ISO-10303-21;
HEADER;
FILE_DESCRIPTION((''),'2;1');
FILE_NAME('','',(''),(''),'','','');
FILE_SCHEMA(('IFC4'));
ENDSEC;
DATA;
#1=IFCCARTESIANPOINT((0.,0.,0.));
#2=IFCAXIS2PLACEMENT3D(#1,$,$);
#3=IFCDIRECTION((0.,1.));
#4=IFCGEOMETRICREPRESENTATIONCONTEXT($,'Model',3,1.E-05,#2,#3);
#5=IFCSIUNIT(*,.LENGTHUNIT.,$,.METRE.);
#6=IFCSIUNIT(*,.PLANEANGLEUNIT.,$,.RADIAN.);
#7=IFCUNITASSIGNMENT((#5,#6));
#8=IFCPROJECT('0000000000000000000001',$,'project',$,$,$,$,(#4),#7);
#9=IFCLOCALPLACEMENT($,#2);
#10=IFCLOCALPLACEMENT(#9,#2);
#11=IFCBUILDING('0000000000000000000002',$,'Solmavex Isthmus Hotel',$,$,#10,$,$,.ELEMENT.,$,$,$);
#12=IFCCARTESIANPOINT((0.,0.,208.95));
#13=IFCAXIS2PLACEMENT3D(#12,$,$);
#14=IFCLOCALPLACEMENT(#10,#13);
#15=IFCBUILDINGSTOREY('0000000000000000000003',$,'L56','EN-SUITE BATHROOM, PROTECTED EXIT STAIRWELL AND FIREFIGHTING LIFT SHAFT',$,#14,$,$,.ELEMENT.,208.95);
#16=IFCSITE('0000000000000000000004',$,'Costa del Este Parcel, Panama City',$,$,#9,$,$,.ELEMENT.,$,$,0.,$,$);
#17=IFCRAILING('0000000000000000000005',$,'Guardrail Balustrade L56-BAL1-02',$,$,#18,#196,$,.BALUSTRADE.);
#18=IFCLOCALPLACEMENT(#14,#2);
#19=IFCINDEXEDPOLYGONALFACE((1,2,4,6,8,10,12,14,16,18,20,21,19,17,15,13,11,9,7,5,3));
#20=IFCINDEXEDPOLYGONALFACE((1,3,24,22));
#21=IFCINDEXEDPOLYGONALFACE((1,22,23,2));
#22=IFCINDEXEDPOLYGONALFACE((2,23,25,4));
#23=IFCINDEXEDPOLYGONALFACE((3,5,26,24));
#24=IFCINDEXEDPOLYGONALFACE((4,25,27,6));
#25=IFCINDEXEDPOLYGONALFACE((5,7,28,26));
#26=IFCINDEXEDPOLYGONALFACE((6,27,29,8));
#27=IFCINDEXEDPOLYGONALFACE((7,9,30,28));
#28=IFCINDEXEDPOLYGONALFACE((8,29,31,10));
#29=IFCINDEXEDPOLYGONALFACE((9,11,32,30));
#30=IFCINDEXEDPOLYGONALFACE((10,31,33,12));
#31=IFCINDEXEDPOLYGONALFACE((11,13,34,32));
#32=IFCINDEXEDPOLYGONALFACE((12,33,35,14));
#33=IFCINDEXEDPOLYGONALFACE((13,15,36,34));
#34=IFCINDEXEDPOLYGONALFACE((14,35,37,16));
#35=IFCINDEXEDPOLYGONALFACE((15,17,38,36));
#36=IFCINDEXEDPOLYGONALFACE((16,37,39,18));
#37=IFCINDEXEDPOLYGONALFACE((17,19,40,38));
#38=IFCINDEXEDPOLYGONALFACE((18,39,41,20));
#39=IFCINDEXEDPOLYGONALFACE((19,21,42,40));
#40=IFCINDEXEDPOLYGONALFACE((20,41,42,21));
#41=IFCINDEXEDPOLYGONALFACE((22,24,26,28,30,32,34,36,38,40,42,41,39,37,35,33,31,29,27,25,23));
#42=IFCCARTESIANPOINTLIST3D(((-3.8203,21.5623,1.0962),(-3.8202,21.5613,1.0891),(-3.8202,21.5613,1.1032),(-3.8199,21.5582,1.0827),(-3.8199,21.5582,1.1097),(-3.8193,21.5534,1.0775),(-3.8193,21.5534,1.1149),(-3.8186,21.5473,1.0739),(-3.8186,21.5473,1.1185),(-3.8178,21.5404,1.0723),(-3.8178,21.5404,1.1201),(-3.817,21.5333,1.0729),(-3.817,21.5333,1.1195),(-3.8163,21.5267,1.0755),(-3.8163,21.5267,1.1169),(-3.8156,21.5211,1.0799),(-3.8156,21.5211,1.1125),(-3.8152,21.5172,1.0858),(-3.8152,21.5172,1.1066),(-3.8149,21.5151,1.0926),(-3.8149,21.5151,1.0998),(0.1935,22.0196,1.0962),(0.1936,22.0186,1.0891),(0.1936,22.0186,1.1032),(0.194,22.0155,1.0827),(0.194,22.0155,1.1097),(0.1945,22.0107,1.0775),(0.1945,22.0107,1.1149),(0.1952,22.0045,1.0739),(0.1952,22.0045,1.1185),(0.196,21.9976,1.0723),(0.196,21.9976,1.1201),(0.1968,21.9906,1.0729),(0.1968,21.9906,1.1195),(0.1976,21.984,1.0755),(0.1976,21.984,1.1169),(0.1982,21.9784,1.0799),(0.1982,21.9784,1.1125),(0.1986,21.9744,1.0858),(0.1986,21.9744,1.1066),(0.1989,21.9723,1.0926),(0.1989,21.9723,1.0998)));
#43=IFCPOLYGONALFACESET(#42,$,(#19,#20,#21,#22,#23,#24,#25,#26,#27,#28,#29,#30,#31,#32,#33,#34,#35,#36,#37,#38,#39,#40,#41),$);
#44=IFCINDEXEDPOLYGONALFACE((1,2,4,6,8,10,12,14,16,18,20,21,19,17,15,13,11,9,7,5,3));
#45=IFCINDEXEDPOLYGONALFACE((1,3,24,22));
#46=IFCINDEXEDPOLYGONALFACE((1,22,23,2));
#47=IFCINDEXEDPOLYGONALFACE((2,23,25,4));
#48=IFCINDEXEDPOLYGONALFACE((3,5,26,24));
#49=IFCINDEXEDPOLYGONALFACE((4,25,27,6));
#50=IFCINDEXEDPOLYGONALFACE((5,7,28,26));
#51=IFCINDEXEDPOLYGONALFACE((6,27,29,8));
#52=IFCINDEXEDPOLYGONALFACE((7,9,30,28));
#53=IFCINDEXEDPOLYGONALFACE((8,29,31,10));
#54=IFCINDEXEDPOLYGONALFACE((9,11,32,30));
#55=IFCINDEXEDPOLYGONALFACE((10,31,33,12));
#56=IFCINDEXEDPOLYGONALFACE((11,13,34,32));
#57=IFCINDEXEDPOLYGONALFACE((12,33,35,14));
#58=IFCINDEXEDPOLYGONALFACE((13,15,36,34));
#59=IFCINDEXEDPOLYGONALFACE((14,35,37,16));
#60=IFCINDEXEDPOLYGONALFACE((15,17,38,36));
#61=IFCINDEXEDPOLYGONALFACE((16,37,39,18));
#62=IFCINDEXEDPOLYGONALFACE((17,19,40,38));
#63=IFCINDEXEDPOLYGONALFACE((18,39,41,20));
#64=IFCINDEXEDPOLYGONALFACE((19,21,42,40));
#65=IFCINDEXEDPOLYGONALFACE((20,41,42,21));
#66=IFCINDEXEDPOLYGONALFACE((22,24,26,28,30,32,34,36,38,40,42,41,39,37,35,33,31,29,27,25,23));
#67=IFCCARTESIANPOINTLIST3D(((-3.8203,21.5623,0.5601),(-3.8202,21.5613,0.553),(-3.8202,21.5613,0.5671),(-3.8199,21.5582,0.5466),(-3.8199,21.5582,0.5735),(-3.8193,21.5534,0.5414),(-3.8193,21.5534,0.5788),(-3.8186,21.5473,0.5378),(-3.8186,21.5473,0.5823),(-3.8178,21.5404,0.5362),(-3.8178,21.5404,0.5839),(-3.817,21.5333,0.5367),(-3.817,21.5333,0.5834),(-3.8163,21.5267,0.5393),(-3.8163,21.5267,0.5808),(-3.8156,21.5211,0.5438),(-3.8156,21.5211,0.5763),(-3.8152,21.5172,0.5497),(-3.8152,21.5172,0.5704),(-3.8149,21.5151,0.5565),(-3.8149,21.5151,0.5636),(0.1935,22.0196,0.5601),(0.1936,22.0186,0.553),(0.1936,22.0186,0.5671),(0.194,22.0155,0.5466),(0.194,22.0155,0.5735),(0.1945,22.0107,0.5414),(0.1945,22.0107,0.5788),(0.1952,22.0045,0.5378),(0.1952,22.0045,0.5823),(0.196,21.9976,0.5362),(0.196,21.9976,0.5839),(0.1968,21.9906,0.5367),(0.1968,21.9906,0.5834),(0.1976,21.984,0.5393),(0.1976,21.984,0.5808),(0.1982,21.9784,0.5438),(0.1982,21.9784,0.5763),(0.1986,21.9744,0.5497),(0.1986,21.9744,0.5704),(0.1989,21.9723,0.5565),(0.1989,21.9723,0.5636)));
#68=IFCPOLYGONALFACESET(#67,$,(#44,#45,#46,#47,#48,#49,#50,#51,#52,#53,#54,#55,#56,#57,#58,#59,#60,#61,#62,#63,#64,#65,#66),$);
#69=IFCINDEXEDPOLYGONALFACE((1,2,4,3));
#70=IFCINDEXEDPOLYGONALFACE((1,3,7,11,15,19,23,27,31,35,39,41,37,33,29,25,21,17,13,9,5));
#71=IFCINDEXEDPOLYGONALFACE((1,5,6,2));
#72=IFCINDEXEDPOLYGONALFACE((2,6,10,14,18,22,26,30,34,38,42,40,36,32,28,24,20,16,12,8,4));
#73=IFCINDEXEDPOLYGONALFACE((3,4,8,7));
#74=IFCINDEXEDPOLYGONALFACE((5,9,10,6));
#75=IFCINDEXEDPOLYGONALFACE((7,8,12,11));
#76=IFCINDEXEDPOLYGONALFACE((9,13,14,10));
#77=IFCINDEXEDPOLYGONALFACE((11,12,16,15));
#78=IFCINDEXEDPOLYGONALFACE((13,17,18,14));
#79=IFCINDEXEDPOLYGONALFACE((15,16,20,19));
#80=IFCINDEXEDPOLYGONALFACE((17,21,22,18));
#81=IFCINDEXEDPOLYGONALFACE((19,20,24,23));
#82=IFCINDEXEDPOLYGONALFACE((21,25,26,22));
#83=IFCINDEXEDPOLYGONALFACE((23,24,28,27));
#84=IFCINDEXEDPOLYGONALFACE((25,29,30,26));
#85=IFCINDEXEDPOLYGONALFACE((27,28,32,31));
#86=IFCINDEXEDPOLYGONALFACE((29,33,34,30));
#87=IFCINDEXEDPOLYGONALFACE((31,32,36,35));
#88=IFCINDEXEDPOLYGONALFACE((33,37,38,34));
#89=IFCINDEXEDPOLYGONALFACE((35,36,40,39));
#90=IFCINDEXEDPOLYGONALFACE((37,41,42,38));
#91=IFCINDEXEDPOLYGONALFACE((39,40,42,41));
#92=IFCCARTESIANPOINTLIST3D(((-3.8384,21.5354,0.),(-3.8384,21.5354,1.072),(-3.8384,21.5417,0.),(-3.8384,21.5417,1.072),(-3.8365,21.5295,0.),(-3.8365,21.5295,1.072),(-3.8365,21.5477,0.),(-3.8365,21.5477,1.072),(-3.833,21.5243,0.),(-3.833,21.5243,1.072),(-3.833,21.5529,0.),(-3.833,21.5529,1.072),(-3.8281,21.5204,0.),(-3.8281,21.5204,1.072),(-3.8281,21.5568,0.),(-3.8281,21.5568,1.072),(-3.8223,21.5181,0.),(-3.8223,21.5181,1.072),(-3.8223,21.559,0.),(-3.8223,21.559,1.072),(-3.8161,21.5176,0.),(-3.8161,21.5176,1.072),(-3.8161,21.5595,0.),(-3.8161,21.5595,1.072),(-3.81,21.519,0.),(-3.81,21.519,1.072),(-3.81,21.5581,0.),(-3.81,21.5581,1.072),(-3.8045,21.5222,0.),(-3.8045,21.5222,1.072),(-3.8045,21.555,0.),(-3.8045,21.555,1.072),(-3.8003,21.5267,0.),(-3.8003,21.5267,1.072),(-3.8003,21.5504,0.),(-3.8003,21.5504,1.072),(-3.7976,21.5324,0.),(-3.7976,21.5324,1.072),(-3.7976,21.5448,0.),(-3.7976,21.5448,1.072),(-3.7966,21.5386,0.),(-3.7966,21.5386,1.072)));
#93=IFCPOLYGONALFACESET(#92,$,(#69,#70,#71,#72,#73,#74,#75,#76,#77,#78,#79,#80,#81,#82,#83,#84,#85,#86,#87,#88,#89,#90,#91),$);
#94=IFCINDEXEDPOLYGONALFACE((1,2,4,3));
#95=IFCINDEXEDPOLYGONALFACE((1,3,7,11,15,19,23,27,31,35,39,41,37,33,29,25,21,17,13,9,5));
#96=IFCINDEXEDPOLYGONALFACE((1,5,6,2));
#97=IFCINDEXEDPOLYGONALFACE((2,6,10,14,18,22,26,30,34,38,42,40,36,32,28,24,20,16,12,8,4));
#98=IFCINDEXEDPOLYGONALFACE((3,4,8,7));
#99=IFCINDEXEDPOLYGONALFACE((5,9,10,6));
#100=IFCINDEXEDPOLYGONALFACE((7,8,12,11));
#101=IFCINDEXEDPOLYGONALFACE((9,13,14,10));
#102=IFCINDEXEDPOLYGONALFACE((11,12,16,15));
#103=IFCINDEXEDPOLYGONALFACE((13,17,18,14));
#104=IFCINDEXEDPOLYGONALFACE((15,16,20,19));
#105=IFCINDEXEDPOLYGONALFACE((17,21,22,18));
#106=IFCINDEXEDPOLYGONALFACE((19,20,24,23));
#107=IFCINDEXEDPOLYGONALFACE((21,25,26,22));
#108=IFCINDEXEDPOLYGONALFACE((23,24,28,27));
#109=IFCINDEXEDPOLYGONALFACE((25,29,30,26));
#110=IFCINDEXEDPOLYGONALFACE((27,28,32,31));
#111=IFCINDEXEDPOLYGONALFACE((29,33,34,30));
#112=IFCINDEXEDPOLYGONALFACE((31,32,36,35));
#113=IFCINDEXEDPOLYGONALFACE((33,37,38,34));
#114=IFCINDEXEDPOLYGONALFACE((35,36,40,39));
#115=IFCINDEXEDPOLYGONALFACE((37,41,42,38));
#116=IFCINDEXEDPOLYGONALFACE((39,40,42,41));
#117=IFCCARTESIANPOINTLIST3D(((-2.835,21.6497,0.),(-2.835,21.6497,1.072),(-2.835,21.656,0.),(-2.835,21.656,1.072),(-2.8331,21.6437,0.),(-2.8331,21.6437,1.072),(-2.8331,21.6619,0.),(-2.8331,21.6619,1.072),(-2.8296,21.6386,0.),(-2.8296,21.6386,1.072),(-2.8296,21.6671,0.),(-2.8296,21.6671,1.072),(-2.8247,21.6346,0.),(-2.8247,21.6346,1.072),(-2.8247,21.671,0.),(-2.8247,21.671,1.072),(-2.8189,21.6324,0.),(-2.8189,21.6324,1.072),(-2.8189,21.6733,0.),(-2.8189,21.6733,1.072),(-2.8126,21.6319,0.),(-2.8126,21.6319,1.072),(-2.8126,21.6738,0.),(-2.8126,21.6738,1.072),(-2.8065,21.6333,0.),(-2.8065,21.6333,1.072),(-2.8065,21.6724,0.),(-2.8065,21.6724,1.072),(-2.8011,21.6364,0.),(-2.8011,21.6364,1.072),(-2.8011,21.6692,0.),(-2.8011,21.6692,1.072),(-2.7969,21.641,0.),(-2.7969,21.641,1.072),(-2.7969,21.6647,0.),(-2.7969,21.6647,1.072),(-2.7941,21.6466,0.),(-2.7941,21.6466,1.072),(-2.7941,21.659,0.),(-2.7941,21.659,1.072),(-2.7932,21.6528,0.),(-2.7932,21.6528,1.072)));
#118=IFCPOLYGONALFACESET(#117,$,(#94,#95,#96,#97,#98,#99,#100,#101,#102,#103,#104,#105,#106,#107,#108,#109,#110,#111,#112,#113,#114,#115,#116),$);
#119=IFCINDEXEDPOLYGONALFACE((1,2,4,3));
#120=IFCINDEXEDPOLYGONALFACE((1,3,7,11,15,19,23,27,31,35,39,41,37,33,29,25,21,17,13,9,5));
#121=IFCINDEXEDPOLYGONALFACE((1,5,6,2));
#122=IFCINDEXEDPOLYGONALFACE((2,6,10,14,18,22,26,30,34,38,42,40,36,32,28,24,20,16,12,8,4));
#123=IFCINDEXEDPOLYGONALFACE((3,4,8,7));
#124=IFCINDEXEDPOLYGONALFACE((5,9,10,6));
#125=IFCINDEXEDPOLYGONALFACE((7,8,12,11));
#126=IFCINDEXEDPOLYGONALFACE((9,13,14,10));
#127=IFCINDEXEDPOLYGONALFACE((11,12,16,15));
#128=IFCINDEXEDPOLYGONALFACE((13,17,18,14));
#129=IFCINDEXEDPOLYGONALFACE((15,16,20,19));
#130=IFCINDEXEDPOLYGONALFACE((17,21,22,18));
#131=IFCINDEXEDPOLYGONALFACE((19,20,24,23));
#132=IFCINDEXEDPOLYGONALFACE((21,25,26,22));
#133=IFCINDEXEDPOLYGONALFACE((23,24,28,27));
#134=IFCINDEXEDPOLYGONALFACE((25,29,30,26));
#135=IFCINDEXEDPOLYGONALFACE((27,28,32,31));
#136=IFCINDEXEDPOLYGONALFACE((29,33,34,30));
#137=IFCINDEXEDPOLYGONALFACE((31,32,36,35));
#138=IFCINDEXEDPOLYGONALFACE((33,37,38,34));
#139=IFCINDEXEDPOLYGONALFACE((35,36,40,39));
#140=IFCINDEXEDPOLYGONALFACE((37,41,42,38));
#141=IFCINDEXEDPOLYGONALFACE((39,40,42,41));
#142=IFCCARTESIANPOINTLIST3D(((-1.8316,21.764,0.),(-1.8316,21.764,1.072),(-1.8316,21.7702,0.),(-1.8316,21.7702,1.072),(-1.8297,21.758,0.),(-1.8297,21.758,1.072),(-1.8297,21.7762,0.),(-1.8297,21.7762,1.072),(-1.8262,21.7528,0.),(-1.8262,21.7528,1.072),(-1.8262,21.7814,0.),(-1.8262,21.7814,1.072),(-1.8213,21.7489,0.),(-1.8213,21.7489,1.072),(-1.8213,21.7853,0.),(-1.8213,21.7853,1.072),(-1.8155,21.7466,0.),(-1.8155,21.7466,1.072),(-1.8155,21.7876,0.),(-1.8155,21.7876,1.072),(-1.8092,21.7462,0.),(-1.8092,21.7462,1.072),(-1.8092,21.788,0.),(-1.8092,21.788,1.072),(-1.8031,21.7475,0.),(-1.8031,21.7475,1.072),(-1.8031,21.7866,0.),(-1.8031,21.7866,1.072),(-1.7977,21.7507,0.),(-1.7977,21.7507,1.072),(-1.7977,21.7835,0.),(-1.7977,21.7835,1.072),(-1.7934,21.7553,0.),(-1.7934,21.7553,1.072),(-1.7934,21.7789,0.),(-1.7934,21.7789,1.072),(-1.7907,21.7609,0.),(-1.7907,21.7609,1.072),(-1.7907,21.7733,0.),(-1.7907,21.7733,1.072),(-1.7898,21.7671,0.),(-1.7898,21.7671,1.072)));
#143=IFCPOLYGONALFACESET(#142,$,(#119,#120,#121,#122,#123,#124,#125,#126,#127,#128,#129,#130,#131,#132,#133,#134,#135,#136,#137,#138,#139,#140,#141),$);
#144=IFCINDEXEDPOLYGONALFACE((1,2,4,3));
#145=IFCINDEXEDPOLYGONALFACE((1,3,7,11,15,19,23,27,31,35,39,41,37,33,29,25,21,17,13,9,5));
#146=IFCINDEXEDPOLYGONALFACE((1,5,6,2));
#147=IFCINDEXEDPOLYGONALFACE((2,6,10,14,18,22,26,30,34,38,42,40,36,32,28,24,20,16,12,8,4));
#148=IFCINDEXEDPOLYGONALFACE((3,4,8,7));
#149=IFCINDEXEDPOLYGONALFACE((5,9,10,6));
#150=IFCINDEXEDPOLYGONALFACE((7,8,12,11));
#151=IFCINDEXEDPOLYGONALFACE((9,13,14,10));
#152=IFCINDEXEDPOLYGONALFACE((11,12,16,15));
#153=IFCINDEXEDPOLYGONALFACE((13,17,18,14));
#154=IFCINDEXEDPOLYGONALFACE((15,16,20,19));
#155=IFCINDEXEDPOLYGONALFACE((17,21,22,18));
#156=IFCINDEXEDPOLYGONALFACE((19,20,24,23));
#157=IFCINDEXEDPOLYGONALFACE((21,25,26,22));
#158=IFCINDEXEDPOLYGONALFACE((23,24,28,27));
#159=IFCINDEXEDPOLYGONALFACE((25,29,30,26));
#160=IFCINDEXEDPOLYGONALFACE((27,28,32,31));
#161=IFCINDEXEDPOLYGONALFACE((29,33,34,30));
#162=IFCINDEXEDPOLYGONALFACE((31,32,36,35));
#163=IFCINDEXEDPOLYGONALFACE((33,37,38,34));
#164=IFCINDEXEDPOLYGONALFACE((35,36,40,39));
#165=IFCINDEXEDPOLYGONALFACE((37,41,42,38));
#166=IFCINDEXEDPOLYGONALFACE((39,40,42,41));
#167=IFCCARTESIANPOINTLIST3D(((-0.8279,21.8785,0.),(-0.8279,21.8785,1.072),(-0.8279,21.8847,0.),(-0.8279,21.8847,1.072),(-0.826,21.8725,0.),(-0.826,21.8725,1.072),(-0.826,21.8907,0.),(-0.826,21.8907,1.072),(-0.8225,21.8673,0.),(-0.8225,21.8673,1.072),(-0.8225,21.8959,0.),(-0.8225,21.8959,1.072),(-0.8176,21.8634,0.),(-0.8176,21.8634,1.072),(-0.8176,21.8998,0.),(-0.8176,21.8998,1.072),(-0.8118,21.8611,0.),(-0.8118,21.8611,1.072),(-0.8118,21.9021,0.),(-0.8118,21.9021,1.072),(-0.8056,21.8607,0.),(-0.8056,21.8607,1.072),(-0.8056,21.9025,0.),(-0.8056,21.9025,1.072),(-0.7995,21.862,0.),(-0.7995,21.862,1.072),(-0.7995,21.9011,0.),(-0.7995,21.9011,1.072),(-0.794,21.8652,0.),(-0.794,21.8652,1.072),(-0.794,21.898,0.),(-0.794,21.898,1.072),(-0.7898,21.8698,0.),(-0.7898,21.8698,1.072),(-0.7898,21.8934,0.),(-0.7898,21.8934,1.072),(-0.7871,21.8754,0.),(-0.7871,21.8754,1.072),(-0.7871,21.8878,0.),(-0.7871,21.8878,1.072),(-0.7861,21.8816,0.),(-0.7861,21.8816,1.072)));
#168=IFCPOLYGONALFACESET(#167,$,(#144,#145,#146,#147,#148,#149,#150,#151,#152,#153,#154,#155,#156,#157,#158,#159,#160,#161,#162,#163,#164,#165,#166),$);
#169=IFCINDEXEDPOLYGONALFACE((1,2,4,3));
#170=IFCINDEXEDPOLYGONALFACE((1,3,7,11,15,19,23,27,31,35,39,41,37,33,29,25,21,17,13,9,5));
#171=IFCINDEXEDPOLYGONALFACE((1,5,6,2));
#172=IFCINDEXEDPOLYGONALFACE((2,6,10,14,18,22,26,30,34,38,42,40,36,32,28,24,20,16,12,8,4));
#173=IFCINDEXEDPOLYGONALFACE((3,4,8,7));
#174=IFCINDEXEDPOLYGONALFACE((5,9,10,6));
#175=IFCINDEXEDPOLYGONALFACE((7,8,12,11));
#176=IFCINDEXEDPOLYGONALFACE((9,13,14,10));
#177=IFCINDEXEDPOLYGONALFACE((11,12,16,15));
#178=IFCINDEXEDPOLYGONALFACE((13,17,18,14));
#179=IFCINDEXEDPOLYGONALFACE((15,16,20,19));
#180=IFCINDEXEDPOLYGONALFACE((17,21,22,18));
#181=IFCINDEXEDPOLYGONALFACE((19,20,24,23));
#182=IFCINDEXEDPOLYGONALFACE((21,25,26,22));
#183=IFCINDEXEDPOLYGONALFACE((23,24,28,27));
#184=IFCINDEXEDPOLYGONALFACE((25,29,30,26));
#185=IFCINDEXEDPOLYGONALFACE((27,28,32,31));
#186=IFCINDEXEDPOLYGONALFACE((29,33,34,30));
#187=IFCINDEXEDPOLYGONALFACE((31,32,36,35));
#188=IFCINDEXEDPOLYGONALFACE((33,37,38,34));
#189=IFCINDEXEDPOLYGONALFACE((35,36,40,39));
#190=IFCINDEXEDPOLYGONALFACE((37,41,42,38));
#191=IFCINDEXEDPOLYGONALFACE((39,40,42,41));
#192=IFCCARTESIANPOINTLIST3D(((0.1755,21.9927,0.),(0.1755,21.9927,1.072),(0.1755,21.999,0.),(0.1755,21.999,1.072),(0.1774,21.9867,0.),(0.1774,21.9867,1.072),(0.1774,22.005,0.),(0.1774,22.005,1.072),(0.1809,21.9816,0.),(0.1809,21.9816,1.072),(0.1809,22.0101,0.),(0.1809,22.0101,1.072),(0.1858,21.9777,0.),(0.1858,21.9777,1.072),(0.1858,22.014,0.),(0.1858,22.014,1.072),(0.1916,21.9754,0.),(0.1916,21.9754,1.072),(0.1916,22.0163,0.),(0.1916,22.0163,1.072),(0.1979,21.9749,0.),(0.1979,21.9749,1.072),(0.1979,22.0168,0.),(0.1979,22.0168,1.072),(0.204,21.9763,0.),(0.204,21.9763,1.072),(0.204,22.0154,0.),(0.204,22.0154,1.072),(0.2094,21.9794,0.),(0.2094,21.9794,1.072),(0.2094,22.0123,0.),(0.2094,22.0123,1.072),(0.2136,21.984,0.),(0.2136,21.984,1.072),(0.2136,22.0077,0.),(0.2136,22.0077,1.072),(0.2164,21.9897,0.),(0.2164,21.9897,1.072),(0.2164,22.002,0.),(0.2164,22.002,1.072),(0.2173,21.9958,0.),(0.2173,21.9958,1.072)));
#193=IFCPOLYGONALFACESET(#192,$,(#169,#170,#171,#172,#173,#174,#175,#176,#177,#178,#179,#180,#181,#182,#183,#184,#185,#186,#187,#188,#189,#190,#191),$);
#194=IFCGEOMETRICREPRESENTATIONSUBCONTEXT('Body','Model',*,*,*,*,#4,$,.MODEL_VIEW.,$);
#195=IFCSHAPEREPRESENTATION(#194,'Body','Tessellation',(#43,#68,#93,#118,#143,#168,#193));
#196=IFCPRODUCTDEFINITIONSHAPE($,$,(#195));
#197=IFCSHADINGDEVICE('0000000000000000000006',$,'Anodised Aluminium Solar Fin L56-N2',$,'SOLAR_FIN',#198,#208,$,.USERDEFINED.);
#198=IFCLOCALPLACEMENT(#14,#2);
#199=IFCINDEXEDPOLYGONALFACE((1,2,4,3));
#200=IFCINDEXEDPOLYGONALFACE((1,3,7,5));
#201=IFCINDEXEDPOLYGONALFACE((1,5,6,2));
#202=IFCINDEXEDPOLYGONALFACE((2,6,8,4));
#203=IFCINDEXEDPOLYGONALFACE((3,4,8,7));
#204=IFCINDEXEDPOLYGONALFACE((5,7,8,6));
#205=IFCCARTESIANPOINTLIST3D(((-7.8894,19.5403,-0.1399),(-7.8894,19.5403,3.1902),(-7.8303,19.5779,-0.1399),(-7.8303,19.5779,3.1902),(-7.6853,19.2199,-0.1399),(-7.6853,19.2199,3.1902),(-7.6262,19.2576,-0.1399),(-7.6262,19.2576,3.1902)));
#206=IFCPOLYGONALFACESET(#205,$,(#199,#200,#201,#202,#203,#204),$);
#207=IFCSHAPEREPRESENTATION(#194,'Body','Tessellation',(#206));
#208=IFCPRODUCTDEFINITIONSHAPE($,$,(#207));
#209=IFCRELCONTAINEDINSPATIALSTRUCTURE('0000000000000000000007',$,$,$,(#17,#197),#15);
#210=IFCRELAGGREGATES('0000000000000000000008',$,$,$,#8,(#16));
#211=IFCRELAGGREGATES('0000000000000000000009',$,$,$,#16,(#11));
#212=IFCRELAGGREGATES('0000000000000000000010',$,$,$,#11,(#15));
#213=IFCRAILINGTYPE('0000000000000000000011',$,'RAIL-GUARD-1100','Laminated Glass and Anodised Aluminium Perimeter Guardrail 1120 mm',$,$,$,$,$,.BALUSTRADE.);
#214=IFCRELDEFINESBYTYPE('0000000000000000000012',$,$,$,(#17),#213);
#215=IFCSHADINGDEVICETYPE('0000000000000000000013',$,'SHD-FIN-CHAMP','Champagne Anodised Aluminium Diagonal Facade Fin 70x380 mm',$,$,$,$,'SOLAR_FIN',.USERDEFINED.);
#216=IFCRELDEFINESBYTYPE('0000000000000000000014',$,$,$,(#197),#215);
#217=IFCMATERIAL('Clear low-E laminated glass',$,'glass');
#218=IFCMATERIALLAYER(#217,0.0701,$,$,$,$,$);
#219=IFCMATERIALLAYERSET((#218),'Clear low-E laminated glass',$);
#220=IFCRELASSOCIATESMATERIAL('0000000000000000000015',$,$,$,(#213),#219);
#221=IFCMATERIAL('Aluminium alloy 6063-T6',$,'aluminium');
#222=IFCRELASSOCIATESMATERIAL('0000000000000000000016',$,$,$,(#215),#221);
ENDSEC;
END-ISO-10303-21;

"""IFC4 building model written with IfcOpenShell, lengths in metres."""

from ifc_helpers import new_model, si_unit, direction, frame, origin, origin_2d, place, context, subcontext, project, spatial, rectangle, circle, extrude, material, layer, layer_set, type_object, element, save


model = new_model("IFC4")

# Units and contexts
model_context = context("Model", 3, precision=1e-05, world=origin(), true_north=direction((0.0, 1.0)))
body_context = subcontext(model_context, "Body", "Model", "MODEL_VIEW")
ifc_project = project(units=[si_unit("LENGTHUNIT", "METRE"), si_unit("PLANEANGLEUNIT", "RADIAN")], contexts=[model_context])

# Site, building, storey
site_placement = place(None, origin())
site = spatial("IfcSite", under=ifc_project, at=site_placement, Name="Costa del Este Parcel, Panama City", CompositionType="ELEMENT", RefElevation=0.0)
building_placement = place(site_placement, origin())
building = spatial("IfcBuilding", under=site, at=building_placement, Name="Solmavex Isthmus Hotel", CompositionType="ELEMENT")
storey_placement = place(building_placement, frame((0.0, 0.0, 208.95)))
storey = spatial("IfcBuildingStorey", under=building, at=storey_placement, Name="L56", Description="EN-SUITE BATHROOM, PROTECTED EXIT STAIRWELL AND FIREFIGHTING LIFT SHAFT", CompositionType="ELEMENT", Elevation=208.95)

# Shared definitions
ifc_material_1 = material(Name="Aluminium alloy 6063-T6", Category="aluminium")

# Shared definitions
ifc_material_2 = material(Name="Clear low-E laminated glass", Category="glass")

# Railing
ifc_layer_1 = layer(ifc_material_2, 0.0701)
ifc_layer_set_1 = layer_set([ifc_layer_1], Name="Clear low-E laminated glass")
railing_type = type_object("IfcRailingType", Name="RAIL-GUARD-1100", Description="Laminated Glass and Anodised Aluminium Perimeter Guardrail 1120 mm", PredefinedType="BALUSTRADE", material=ifc_layer_set_1)
railing_1_placement = place(storey_placement, frame((-3.8176, 21.5386, 0.0)))
element("IfcRailing", 1, at=railing_1_placement, inside=storey, type_object=railing_type, Name="Guardrail Balustrade L56-BAL1-02", PredefinedType="BALUSTRADE", context=body_context, shape_type="SweptSolid", body=[
    extrude(circle(Radius=0.0239, at=origin_2d()), frame((0.0, 0.0, 1.0962), z_axis=(0.993573, 0.11319, 0.0), x_axis=(-0.11319, 0.993573, 0.0)), (0.0, 0.0, 1.0), 4.0398),
    extrude(circle(Radius=0.0239, at=origin_2d()), frame((0.0, 0.0, 0.5601), z_axis=(0.993573, 0.11319, 0.0), x_axis=(-0.11319, 0.993573, 0.0)), (0.0, 0.0, 1.0), 4.0398),
    extrude(circle(Radius=0.021, at=origin_2d()), origin(), (0.0, 0.0, 1.0), 1.072),
    extrude(circle(Radius=0.021, at=origin_2d()), frame((1.0034, 0.1143, 0.0)), (0.0, 0.0, 1.0), 1.072),
    extrude(circle(Radius=0.021, at=origin_2d()), frame((2.0068, 0.2285, 0.0)), (0.0, 0.0, 1.0), 1.072),
    extrude(circle(Radius=0.021, at=origin_2d()), frame((3.0105, 0.343, 0.0)), (0.0, 0.0, 1.0), 1.072),
    extrude(circle(Radius=0.021, at=origin_2d()), frame((4.0139, 0.4573, 0.0)), (0.0, 0.0, 1.0), 1.072),
])

# Shading device
shading_device_type = type_object("IfcShadingDeviceType", Name="SHD-FIN-CHAMP", Description="Champagne Anodised Aluminium Diagonal Facade Fin 70x380 mm", ElementType="SOLAR_FIN", PredefinedType="USERDEFINED", material=ifc_material_1)
shading_device_placement = place(storey_placement, frame((-7.7578, 19.3989, -0.1399), z_axis=(0.0, 0.0, 1.0), x_axis=(-0.5373, 0.843391, 0.0)))
element("IfcShadingDevice", 2, at=shading_device_placement, inside=storey, type_object=shading_device_type, Name="Anodised Aluminium Solar Fin L56-N2", ObjectType="SOLAR_FIN", PredefinedType="USERDEFINED", context=body_context, shape_type="SweptSolid", body=[
    extrude(rectangle(XDim=0.3799, YDim=0.0701, at=origin_2d()), origin(), (0.0, 0.0, 1.0), 3.3301),
])

save(model, "model.ifc")
